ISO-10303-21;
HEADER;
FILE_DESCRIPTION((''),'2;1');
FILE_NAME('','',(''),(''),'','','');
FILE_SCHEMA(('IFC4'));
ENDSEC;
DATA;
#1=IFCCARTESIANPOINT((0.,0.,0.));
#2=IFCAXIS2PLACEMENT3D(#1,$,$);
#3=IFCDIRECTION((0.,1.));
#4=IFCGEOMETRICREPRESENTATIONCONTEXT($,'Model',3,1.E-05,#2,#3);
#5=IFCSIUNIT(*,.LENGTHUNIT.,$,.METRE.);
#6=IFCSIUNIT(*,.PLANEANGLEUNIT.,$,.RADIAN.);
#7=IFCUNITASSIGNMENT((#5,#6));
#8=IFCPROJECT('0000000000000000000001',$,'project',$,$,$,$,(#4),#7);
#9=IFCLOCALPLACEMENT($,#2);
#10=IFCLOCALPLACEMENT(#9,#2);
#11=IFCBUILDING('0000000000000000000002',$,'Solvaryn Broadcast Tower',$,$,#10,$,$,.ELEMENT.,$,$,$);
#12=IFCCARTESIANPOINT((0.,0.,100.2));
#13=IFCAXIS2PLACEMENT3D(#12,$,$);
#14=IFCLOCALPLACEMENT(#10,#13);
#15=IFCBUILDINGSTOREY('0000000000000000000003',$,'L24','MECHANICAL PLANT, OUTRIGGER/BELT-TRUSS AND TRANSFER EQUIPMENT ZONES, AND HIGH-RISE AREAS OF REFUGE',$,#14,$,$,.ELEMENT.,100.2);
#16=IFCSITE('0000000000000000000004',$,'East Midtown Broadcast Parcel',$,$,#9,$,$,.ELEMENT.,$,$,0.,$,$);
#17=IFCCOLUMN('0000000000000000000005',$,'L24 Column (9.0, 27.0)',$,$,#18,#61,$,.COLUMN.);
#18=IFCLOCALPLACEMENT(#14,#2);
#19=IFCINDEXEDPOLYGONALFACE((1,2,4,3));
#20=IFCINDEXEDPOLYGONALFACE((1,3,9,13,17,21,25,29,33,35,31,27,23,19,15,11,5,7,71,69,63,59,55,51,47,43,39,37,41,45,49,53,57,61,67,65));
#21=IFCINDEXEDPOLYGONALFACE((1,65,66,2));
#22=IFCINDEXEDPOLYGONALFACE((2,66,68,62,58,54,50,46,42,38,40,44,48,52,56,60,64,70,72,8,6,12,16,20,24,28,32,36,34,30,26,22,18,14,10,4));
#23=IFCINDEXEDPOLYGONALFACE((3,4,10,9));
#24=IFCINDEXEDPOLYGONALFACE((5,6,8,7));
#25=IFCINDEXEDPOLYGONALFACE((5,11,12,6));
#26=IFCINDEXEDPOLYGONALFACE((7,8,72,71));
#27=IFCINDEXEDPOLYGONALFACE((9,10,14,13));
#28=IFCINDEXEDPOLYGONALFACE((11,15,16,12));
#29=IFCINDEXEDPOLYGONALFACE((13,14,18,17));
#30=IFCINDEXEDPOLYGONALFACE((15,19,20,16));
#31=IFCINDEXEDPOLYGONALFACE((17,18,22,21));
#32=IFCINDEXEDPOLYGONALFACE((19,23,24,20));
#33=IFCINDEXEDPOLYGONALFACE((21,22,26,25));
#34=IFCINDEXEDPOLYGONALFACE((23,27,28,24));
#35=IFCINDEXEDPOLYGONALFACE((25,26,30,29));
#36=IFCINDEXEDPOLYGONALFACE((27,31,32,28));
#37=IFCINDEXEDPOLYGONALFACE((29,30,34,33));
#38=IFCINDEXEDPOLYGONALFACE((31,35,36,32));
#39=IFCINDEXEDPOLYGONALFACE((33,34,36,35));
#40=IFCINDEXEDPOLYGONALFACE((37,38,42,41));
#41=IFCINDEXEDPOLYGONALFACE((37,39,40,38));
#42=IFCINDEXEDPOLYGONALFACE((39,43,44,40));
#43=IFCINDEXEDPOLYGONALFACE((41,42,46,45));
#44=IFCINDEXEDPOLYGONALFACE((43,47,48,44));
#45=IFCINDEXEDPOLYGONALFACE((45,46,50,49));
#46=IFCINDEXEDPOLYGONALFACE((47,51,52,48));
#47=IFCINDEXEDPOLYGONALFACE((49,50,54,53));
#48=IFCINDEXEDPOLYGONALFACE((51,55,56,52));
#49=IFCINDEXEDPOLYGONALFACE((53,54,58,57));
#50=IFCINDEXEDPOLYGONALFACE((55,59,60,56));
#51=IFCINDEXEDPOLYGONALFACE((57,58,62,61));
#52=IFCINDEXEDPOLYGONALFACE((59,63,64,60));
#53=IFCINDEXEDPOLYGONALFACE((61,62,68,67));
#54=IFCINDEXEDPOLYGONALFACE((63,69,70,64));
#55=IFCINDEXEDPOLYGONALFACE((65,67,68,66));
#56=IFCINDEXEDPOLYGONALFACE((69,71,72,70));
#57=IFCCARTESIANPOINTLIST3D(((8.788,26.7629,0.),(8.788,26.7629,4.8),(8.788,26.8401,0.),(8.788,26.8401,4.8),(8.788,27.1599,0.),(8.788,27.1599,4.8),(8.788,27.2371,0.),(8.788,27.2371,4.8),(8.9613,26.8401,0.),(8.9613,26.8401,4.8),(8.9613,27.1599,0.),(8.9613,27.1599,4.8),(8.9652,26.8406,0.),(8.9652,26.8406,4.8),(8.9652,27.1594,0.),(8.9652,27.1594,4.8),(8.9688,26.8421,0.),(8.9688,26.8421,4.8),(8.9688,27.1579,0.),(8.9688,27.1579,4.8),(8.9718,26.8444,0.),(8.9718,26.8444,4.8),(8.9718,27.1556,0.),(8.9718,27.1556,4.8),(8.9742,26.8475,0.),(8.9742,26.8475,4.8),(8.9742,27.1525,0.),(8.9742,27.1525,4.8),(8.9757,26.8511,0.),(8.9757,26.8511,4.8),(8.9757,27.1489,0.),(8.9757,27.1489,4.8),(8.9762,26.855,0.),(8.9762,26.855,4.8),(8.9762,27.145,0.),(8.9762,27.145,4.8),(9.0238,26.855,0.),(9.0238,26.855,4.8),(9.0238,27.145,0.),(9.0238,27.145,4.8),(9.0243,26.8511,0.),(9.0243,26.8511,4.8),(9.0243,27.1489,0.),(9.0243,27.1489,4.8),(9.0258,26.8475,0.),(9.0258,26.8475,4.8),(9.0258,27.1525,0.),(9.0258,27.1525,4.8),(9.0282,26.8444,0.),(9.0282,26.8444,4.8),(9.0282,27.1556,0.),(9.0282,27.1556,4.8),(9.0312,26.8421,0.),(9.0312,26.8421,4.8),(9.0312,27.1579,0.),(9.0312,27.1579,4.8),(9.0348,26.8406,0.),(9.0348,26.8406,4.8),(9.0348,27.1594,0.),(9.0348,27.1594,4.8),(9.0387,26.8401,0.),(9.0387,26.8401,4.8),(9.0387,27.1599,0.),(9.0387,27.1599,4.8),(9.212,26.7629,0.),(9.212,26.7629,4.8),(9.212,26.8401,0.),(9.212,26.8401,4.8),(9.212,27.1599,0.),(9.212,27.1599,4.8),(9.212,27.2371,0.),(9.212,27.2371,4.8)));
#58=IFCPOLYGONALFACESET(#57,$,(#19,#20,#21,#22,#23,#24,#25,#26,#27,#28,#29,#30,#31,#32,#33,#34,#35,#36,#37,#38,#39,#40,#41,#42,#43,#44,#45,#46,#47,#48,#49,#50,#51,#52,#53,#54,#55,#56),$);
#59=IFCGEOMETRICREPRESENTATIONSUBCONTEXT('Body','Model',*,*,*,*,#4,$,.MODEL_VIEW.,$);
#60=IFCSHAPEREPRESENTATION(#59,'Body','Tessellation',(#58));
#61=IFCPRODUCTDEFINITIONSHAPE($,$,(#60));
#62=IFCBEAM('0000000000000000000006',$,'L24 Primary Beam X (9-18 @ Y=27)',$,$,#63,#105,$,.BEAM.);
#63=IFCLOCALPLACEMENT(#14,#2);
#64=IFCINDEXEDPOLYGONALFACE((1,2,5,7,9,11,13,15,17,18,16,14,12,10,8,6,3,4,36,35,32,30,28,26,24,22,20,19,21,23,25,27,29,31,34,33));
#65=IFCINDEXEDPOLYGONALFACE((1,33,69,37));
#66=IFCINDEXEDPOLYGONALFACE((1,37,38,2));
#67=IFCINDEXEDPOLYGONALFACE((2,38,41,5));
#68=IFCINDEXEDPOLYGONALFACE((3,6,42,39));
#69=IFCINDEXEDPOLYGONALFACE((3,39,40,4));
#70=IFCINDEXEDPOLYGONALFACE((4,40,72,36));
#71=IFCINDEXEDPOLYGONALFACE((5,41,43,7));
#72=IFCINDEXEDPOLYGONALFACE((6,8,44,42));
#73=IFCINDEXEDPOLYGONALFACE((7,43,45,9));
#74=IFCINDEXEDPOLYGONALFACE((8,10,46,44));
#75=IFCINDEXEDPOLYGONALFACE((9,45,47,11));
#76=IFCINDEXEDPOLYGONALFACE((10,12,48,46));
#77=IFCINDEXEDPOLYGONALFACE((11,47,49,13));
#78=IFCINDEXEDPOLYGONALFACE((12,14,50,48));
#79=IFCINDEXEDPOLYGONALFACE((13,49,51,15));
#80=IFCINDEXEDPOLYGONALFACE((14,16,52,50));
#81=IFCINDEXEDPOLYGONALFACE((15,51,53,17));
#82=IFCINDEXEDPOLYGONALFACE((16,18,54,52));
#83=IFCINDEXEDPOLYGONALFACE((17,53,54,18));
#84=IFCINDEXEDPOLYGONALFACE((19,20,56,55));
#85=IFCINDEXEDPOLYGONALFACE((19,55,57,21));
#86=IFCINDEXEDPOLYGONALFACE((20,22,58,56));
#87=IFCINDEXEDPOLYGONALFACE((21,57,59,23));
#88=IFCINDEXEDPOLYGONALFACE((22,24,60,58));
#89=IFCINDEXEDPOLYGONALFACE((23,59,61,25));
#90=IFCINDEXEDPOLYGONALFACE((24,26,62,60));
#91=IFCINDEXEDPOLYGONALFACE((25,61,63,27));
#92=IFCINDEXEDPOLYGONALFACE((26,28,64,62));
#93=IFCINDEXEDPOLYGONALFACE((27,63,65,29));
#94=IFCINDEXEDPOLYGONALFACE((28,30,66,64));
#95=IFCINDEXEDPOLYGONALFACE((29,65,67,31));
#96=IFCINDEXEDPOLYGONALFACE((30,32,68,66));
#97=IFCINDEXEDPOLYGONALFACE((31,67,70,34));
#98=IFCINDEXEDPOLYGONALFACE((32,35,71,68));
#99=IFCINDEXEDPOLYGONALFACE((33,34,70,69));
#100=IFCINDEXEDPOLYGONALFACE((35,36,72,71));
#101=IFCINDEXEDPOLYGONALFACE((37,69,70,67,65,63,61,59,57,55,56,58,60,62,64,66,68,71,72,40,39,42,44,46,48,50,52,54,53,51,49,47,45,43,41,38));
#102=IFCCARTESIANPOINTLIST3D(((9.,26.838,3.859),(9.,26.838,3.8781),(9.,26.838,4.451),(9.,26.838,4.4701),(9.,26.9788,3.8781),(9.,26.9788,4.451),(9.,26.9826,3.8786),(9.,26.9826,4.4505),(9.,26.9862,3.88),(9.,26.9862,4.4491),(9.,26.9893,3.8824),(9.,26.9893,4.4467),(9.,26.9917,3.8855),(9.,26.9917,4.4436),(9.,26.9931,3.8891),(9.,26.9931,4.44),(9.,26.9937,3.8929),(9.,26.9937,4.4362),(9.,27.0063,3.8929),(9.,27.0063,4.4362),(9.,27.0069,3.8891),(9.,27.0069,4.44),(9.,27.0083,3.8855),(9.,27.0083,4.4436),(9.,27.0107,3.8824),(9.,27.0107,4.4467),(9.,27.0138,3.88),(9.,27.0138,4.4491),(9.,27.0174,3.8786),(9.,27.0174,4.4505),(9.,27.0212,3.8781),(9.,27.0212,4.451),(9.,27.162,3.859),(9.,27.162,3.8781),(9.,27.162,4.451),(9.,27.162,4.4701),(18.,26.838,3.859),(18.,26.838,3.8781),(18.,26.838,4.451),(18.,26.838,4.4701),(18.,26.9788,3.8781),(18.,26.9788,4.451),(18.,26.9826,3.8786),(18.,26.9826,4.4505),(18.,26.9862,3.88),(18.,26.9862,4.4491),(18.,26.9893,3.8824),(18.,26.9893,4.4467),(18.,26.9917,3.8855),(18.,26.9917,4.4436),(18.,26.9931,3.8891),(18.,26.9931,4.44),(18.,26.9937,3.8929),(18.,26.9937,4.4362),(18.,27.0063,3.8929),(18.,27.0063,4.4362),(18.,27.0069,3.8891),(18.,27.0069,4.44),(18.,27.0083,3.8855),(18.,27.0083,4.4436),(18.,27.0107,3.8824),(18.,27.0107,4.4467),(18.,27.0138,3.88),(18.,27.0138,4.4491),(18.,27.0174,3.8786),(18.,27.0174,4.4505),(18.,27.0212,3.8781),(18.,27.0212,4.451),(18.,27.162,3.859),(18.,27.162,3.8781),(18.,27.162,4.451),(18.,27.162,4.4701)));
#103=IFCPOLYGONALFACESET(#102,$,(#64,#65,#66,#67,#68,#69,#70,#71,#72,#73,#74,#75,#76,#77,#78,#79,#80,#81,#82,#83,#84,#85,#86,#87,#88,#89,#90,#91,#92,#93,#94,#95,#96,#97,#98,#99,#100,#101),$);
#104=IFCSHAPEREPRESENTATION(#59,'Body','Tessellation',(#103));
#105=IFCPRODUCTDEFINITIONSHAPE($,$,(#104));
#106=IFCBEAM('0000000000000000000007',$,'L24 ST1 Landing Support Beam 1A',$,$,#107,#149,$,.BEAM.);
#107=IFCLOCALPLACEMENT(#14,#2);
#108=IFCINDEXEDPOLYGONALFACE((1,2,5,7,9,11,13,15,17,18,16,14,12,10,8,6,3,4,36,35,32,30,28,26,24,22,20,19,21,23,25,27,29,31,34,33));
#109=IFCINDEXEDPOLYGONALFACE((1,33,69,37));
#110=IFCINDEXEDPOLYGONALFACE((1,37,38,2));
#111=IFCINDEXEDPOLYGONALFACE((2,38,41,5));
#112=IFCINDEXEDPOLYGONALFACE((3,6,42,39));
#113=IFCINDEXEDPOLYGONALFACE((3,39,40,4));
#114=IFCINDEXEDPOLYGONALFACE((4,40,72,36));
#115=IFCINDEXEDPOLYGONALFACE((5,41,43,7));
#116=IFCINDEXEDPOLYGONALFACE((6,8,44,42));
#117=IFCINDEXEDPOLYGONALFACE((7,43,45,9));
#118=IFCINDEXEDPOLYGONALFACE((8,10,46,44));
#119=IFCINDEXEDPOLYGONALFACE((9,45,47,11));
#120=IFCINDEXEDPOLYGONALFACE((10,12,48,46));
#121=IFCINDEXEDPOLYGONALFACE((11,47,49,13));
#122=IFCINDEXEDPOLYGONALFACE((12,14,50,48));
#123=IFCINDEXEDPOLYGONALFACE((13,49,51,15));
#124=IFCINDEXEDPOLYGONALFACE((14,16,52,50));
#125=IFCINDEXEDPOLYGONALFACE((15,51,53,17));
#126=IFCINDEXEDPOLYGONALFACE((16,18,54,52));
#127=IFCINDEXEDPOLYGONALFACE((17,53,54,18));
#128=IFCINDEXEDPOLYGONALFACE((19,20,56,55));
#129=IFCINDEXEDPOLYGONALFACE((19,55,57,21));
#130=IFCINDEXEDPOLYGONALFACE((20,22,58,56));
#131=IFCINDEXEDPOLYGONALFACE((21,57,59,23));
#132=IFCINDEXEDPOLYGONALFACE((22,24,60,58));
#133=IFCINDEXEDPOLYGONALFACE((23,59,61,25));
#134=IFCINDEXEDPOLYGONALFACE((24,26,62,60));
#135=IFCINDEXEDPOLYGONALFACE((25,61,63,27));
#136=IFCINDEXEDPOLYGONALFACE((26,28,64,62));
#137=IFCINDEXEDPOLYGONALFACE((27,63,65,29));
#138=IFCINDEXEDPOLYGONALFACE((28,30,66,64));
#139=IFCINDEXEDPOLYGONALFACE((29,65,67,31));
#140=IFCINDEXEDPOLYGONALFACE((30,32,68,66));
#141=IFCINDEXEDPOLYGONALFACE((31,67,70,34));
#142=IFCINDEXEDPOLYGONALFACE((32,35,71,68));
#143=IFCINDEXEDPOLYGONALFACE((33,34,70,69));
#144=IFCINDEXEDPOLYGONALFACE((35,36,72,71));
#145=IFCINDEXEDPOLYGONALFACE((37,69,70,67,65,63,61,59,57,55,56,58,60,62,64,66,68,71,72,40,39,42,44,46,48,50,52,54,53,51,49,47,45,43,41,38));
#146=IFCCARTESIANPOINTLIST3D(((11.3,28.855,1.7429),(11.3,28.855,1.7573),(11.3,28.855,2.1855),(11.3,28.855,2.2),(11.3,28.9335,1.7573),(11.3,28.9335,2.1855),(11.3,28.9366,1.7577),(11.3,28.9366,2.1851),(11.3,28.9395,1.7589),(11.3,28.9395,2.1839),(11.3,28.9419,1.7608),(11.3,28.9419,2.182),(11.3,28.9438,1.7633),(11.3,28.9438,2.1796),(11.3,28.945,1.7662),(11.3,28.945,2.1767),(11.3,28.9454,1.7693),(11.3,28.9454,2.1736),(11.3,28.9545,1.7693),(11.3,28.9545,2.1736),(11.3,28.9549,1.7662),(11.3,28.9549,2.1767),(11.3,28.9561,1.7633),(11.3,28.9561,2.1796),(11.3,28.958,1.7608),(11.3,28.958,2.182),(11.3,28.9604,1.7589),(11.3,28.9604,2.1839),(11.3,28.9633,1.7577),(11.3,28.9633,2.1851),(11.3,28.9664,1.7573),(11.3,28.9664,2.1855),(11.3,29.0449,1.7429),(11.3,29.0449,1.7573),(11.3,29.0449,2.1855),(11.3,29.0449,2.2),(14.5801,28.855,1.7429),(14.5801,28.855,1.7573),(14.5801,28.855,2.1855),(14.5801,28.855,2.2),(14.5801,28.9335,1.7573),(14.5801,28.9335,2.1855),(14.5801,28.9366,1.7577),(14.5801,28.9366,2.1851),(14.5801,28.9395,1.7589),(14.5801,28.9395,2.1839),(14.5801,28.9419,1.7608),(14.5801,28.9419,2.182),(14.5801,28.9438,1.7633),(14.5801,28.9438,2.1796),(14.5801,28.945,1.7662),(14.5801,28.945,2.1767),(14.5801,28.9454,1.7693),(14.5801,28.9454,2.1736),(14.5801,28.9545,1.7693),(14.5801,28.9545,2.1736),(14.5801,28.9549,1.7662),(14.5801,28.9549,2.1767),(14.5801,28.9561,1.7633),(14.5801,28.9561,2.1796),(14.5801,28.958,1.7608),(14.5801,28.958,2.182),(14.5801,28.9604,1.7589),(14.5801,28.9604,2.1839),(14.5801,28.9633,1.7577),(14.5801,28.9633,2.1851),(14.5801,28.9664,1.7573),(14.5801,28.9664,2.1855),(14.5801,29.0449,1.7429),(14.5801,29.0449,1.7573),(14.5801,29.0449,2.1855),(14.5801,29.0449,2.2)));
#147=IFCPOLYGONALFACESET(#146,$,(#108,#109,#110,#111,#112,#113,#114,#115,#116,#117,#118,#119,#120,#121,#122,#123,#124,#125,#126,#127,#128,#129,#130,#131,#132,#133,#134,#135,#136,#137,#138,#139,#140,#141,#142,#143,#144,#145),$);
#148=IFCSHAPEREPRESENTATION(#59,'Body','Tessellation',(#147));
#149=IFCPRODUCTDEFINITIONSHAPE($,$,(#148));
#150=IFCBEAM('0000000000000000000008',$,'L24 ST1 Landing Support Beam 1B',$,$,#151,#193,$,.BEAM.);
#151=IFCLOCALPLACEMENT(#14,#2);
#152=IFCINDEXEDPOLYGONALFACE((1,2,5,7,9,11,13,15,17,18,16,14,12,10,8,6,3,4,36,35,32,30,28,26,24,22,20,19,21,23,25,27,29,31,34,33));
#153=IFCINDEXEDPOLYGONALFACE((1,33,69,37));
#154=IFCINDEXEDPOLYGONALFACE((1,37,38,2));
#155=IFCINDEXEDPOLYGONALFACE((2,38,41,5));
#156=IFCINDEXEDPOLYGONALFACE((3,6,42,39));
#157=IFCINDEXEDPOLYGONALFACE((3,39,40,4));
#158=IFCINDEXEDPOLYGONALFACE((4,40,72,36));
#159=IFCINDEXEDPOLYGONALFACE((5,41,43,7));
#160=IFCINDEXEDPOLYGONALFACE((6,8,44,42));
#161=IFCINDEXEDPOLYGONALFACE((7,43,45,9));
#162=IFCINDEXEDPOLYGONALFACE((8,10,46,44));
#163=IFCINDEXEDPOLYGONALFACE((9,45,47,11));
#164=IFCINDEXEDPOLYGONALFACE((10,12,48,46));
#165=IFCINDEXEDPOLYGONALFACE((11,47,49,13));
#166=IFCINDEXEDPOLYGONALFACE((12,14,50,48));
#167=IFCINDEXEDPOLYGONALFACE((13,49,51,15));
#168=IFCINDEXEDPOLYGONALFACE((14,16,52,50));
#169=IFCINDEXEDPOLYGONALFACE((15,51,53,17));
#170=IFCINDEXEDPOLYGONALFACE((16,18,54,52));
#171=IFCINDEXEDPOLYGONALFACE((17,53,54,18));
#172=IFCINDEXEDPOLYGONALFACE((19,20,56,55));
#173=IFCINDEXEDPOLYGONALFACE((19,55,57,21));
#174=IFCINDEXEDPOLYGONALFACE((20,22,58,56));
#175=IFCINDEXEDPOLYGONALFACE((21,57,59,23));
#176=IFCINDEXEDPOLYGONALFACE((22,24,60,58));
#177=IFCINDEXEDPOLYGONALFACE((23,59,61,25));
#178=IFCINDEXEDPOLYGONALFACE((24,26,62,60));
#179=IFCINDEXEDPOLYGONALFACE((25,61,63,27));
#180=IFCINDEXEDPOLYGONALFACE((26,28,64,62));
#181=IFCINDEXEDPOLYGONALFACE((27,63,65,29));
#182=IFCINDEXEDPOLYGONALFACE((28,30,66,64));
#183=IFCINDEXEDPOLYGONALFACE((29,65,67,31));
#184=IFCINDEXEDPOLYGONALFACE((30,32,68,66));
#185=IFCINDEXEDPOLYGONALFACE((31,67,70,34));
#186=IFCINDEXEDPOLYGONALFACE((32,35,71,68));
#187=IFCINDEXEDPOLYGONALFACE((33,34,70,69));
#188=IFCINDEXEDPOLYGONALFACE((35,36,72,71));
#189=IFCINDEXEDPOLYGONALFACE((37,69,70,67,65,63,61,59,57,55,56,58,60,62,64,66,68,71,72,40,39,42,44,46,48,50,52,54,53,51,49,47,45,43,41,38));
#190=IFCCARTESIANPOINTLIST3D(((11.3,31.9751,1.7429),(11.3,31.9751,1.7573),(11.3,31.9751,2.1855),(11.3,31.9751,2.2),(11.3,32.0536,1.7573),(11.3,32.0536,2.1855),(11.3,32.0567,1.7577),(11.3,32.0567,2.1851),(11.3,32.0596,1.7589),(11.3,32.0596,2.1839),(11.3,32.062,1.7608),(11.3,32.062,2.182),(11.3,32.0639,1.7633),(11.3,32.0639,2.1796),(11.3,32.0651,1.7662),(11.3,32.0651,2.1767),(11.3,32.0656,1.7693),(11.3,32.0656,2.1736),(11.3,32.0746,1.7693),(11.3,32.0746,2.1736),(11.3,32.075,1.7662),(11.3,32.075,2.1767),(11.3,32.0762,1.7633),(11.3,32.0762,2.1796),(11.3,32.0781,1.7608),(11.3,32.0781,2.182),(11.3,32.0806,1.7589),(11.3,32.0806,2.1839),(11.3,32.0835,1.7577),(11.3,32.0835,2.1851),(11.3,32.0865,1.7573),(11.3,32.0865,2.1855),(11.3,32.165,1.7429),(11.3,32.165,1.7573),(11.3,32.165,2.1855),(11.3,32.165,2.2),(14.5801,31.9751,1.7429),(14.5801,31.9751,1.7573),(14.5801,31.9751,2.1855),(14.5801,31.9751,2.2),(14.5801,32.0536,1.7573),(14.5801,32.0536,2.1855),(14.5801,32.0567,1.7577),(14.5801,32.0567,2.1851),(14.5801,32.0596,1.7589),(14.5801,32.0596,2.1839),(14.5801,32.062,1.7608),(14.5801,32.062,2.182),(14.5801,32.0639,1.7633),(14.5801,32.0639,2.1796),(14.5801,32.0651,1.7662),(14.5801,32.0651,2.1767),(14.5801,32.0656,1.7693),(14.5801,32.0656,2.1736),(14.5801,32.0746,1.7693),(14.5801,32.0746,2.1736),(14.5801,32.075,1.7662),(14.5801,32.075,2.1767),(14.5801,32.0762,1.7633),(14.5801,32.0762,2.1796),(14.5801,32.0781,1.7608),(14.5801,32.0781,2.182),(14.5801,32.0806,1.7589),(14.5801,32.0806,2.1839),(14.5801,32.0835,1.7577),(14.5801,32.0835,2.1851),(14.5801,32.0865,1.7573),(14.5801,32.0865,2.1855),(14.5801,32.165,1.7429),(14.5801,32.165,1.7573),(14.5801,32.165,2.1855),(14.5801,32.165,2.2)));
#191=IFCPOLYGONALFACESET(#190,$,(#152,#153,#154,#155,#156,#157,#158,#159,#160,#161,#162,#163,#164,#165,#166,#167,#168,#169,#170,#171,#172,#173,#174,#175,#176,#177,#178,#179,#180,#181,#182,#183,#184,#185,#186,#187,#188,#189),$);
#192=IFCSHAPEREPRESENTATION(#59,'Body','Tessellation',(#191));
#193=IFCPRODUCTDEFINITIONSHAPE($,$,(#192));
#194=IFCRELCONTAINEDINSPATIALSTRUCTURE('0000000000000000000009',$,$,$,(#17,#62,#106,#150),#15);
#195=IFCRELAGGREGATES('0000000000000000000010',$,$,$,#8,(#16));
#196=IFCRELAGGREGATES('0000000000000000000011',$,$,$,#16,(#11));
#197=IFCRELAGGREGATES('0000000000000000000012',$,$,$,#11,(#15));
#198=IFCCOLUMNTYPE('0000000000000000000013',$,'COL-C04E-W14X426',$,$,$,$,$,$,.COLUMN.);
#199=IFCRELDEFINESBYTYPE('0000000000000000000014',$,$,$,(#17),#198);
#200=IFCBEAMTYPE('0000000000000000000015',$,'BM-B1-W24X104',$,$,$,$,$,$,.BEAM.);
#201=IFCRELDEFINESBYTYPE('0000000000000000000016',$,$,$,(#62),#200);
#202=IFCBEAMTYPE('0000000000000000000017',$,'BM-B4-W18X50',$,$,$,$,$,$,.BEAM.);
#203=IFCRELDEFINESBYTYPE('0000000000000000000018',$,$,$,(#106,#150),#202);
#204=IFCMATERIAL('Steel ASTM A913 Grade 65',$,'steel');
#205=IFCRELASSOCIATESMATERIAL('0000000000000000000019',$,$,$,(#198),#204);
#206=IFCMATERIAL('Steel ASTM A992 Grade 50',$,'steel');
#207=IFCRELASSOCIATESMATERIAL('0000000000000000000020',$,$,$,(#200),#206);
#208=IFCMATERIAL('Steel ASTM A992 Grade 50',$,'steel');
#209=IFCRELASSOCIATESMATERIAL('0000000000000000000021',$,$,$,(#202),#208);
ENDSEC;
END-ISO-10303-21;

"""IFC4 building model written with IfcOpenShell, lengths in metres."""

from ifc_helpers import new_model, si_unit, direction, frame, origin, origin_2d, place, context, subcontext, project, spatial, i_section, extrude, material, material_profile, profile_set, type_object, element, save


model = new_model("IFC4")

# Units and contexts
model_context = context("Model", 3, precision=1e-05, world=origin(), true_north=direction((0.0, 1.0)))
body_context = subcontext(model_context, "Body", "Model", "MODEL_VIEW")
ifc_project = project(units=[si_unit("LENGTHUNIT", "METRE"), si_unit("PLANEANGLEUNIT", "RADIAN")], contexts=[model_context])

# Site, building, storey
site_placement = place(None, origin())
site = spatial("IfcSite", under=ifc_project, at=site_placement, Name="East Midtown Broadcast Parcel", CompositionType="ELEMENT", RefElevation=0.0)
building_placement = place(site_placement, origin())
building = spatial("IfcBuilding", under=site, at=building_placement, Name="Solvaryn Broadcast Tower", CompositionType="ELEMENT")
storey_placement = place(building_placement, frame((0.0, 0.0, 100.2)))
storey = spatial("IfcBuildingStorey", under=building, at=storey_placement, Name="L24", Description="MECHANICAL PLANT, OUTRIGGER/BELT-TRUSS AND TRANSFER EQUIPMENT ZONES, AND HIGH-RISE AREAS OF REFUGE", CompositionType="ELEMENT", Elevation=100.2)

# Column
ifc_material_1 = material(Name="Steel ASTM A913 Grade 65", Category="steel")
ifc_material_profile_1 = material_profile(ifc_material_1, i_section(OverallWidth=0.4241, OverallDepth=0.4741, WebThickness=0.0476, FlangeThickness=0.0771, FilletRadius=0.0149, at=origin_2d()))
ifc_profile_set_1 = profile_set([ifc_material_profile_1], Name="Steel ASTM A913 Grade 65")
column_type = type_object("IfcColumnType", Name="COL-C04E-W14X426", PredefinedType="COLUMN", material=ifc_profile_set_1)
column_placement = place(storey_placement, frame((9.0, 27.0, 0.0), z_axis=(0.0, 0.0, 1.0), x_axis=(1.0, 0.0, 0.0)))
element("IfcColumn", 1, at=column_placement, inside=storey, type_object=column_type, Name="L24 Column (9.0, 27.0)", PredefinedType="COLUMN", context=body_context, shape_type="SweptSolid", body=[
    extrude(i_section(OverallWidth=0.4241, OverallDepth=0.4741, WebThickness=0.0476, FlangeThickness=0.0771, FilletRadius=0.0149, at=origin_2d()), origin(), (0.0, 0.0, 1.0), 4.8),
])

# Beams
ifc_material_2 = material(Name="Steel ASTM A992 Grade 50", Category="steel")
ifc_material_profile_2 = material_profile(ifc_material_2, i_section(OverallWidth=0.324, OverallDepth=0.6111, WebThickness=0.0127, FlangeThickness=0.019, FilletRadius=0.0149, at=origin_2d()))
ifc_profile_set_2 = profile_set([ifc_material_profile_2], Name="Steel ASTM A992 Grade 50")
beam_type_1 = type_object("IfcBeamType", Name="BM-B1-W24X104", PredefinedType="BEAM", material=ifc_profile_set_2)
beam_1_placement = place(storey_placement, frame((9.0, 27.0, 4.1646), z_axis=(1.0, 0.0, 0.0), x_axis=(0.0, 1.0, 0.0)))
element("IfcBeam", 2, at=beam_1_placement, inside=storey, type_object=beam_type_1, Name="L24 Primary Beam X (9-18 @ Y=27)", PredefinedType="BEAM", context=body_context, shape_type="SweptSolid", body=[
    extrude(i_section(OverallWidth=0.324, OverallDepth=0.6111, WebThickness=0.0127, FlangeThickness=0.019, FilletRadius=0.0149, at=origin_2d()), origin(), (0.0, 0.0, 1.0), 9.0),
])
ifc_material_3 = material(Name="Steel ASTM A992 Grade 50", Category="steel")
ifc_material_profile_3 = material_profile(ifc_material_3, i_section(OverallWidth=0.1899, OverallDepth=0.457, WebThickness=0.009, FlangeThickness=0.0144, FilletRadius=0.012, at=origin_2d()))
ifc_profile_set_3 = profile_set([ifc_material_profile_3], Name="Steel ASTM A992 Grade 50")
beam_type_2 = type_object("IfcBeamType", Name="BM-B4-W18X50", PredefinedType="BEAM", material=ifc_profile_set_3)
for number, where, z_axis, x_axis, name in (
    (3, (11.3, 28.95, 1.9714), (1.0, 0.0, 0.0), (0.0, 1.0, 0.0), "L24 ST1 Landing Support Beam 1A"),
    (4, (11.3, 32.0701, 1.9714), (1.0, 0.0, 0.0), (0.0, 1.0, 0.0), "L24 ST1 Landing Support Beam 1B"),
):
    element("IfcBeam", number, at=place(storey_placement, frame(where, z_axis=z_axis, x_axis=x_axis)), inside=storey, type_object=beam_type_2, Name=name, PredefinedType="BEAM", context=body_context, shape_type="SweptSolid", body=[
        extrude(i_section(OverallWidth=0.1899, OverallDepth=0.457, WebThickness=0.009, FlangeThickness=0.0144, FilletRadius=0.012, at=origin_2d()), origin(), (0.0, 0.0, 1.0), 3.28),
    ])

save(model, "model.ifc")
